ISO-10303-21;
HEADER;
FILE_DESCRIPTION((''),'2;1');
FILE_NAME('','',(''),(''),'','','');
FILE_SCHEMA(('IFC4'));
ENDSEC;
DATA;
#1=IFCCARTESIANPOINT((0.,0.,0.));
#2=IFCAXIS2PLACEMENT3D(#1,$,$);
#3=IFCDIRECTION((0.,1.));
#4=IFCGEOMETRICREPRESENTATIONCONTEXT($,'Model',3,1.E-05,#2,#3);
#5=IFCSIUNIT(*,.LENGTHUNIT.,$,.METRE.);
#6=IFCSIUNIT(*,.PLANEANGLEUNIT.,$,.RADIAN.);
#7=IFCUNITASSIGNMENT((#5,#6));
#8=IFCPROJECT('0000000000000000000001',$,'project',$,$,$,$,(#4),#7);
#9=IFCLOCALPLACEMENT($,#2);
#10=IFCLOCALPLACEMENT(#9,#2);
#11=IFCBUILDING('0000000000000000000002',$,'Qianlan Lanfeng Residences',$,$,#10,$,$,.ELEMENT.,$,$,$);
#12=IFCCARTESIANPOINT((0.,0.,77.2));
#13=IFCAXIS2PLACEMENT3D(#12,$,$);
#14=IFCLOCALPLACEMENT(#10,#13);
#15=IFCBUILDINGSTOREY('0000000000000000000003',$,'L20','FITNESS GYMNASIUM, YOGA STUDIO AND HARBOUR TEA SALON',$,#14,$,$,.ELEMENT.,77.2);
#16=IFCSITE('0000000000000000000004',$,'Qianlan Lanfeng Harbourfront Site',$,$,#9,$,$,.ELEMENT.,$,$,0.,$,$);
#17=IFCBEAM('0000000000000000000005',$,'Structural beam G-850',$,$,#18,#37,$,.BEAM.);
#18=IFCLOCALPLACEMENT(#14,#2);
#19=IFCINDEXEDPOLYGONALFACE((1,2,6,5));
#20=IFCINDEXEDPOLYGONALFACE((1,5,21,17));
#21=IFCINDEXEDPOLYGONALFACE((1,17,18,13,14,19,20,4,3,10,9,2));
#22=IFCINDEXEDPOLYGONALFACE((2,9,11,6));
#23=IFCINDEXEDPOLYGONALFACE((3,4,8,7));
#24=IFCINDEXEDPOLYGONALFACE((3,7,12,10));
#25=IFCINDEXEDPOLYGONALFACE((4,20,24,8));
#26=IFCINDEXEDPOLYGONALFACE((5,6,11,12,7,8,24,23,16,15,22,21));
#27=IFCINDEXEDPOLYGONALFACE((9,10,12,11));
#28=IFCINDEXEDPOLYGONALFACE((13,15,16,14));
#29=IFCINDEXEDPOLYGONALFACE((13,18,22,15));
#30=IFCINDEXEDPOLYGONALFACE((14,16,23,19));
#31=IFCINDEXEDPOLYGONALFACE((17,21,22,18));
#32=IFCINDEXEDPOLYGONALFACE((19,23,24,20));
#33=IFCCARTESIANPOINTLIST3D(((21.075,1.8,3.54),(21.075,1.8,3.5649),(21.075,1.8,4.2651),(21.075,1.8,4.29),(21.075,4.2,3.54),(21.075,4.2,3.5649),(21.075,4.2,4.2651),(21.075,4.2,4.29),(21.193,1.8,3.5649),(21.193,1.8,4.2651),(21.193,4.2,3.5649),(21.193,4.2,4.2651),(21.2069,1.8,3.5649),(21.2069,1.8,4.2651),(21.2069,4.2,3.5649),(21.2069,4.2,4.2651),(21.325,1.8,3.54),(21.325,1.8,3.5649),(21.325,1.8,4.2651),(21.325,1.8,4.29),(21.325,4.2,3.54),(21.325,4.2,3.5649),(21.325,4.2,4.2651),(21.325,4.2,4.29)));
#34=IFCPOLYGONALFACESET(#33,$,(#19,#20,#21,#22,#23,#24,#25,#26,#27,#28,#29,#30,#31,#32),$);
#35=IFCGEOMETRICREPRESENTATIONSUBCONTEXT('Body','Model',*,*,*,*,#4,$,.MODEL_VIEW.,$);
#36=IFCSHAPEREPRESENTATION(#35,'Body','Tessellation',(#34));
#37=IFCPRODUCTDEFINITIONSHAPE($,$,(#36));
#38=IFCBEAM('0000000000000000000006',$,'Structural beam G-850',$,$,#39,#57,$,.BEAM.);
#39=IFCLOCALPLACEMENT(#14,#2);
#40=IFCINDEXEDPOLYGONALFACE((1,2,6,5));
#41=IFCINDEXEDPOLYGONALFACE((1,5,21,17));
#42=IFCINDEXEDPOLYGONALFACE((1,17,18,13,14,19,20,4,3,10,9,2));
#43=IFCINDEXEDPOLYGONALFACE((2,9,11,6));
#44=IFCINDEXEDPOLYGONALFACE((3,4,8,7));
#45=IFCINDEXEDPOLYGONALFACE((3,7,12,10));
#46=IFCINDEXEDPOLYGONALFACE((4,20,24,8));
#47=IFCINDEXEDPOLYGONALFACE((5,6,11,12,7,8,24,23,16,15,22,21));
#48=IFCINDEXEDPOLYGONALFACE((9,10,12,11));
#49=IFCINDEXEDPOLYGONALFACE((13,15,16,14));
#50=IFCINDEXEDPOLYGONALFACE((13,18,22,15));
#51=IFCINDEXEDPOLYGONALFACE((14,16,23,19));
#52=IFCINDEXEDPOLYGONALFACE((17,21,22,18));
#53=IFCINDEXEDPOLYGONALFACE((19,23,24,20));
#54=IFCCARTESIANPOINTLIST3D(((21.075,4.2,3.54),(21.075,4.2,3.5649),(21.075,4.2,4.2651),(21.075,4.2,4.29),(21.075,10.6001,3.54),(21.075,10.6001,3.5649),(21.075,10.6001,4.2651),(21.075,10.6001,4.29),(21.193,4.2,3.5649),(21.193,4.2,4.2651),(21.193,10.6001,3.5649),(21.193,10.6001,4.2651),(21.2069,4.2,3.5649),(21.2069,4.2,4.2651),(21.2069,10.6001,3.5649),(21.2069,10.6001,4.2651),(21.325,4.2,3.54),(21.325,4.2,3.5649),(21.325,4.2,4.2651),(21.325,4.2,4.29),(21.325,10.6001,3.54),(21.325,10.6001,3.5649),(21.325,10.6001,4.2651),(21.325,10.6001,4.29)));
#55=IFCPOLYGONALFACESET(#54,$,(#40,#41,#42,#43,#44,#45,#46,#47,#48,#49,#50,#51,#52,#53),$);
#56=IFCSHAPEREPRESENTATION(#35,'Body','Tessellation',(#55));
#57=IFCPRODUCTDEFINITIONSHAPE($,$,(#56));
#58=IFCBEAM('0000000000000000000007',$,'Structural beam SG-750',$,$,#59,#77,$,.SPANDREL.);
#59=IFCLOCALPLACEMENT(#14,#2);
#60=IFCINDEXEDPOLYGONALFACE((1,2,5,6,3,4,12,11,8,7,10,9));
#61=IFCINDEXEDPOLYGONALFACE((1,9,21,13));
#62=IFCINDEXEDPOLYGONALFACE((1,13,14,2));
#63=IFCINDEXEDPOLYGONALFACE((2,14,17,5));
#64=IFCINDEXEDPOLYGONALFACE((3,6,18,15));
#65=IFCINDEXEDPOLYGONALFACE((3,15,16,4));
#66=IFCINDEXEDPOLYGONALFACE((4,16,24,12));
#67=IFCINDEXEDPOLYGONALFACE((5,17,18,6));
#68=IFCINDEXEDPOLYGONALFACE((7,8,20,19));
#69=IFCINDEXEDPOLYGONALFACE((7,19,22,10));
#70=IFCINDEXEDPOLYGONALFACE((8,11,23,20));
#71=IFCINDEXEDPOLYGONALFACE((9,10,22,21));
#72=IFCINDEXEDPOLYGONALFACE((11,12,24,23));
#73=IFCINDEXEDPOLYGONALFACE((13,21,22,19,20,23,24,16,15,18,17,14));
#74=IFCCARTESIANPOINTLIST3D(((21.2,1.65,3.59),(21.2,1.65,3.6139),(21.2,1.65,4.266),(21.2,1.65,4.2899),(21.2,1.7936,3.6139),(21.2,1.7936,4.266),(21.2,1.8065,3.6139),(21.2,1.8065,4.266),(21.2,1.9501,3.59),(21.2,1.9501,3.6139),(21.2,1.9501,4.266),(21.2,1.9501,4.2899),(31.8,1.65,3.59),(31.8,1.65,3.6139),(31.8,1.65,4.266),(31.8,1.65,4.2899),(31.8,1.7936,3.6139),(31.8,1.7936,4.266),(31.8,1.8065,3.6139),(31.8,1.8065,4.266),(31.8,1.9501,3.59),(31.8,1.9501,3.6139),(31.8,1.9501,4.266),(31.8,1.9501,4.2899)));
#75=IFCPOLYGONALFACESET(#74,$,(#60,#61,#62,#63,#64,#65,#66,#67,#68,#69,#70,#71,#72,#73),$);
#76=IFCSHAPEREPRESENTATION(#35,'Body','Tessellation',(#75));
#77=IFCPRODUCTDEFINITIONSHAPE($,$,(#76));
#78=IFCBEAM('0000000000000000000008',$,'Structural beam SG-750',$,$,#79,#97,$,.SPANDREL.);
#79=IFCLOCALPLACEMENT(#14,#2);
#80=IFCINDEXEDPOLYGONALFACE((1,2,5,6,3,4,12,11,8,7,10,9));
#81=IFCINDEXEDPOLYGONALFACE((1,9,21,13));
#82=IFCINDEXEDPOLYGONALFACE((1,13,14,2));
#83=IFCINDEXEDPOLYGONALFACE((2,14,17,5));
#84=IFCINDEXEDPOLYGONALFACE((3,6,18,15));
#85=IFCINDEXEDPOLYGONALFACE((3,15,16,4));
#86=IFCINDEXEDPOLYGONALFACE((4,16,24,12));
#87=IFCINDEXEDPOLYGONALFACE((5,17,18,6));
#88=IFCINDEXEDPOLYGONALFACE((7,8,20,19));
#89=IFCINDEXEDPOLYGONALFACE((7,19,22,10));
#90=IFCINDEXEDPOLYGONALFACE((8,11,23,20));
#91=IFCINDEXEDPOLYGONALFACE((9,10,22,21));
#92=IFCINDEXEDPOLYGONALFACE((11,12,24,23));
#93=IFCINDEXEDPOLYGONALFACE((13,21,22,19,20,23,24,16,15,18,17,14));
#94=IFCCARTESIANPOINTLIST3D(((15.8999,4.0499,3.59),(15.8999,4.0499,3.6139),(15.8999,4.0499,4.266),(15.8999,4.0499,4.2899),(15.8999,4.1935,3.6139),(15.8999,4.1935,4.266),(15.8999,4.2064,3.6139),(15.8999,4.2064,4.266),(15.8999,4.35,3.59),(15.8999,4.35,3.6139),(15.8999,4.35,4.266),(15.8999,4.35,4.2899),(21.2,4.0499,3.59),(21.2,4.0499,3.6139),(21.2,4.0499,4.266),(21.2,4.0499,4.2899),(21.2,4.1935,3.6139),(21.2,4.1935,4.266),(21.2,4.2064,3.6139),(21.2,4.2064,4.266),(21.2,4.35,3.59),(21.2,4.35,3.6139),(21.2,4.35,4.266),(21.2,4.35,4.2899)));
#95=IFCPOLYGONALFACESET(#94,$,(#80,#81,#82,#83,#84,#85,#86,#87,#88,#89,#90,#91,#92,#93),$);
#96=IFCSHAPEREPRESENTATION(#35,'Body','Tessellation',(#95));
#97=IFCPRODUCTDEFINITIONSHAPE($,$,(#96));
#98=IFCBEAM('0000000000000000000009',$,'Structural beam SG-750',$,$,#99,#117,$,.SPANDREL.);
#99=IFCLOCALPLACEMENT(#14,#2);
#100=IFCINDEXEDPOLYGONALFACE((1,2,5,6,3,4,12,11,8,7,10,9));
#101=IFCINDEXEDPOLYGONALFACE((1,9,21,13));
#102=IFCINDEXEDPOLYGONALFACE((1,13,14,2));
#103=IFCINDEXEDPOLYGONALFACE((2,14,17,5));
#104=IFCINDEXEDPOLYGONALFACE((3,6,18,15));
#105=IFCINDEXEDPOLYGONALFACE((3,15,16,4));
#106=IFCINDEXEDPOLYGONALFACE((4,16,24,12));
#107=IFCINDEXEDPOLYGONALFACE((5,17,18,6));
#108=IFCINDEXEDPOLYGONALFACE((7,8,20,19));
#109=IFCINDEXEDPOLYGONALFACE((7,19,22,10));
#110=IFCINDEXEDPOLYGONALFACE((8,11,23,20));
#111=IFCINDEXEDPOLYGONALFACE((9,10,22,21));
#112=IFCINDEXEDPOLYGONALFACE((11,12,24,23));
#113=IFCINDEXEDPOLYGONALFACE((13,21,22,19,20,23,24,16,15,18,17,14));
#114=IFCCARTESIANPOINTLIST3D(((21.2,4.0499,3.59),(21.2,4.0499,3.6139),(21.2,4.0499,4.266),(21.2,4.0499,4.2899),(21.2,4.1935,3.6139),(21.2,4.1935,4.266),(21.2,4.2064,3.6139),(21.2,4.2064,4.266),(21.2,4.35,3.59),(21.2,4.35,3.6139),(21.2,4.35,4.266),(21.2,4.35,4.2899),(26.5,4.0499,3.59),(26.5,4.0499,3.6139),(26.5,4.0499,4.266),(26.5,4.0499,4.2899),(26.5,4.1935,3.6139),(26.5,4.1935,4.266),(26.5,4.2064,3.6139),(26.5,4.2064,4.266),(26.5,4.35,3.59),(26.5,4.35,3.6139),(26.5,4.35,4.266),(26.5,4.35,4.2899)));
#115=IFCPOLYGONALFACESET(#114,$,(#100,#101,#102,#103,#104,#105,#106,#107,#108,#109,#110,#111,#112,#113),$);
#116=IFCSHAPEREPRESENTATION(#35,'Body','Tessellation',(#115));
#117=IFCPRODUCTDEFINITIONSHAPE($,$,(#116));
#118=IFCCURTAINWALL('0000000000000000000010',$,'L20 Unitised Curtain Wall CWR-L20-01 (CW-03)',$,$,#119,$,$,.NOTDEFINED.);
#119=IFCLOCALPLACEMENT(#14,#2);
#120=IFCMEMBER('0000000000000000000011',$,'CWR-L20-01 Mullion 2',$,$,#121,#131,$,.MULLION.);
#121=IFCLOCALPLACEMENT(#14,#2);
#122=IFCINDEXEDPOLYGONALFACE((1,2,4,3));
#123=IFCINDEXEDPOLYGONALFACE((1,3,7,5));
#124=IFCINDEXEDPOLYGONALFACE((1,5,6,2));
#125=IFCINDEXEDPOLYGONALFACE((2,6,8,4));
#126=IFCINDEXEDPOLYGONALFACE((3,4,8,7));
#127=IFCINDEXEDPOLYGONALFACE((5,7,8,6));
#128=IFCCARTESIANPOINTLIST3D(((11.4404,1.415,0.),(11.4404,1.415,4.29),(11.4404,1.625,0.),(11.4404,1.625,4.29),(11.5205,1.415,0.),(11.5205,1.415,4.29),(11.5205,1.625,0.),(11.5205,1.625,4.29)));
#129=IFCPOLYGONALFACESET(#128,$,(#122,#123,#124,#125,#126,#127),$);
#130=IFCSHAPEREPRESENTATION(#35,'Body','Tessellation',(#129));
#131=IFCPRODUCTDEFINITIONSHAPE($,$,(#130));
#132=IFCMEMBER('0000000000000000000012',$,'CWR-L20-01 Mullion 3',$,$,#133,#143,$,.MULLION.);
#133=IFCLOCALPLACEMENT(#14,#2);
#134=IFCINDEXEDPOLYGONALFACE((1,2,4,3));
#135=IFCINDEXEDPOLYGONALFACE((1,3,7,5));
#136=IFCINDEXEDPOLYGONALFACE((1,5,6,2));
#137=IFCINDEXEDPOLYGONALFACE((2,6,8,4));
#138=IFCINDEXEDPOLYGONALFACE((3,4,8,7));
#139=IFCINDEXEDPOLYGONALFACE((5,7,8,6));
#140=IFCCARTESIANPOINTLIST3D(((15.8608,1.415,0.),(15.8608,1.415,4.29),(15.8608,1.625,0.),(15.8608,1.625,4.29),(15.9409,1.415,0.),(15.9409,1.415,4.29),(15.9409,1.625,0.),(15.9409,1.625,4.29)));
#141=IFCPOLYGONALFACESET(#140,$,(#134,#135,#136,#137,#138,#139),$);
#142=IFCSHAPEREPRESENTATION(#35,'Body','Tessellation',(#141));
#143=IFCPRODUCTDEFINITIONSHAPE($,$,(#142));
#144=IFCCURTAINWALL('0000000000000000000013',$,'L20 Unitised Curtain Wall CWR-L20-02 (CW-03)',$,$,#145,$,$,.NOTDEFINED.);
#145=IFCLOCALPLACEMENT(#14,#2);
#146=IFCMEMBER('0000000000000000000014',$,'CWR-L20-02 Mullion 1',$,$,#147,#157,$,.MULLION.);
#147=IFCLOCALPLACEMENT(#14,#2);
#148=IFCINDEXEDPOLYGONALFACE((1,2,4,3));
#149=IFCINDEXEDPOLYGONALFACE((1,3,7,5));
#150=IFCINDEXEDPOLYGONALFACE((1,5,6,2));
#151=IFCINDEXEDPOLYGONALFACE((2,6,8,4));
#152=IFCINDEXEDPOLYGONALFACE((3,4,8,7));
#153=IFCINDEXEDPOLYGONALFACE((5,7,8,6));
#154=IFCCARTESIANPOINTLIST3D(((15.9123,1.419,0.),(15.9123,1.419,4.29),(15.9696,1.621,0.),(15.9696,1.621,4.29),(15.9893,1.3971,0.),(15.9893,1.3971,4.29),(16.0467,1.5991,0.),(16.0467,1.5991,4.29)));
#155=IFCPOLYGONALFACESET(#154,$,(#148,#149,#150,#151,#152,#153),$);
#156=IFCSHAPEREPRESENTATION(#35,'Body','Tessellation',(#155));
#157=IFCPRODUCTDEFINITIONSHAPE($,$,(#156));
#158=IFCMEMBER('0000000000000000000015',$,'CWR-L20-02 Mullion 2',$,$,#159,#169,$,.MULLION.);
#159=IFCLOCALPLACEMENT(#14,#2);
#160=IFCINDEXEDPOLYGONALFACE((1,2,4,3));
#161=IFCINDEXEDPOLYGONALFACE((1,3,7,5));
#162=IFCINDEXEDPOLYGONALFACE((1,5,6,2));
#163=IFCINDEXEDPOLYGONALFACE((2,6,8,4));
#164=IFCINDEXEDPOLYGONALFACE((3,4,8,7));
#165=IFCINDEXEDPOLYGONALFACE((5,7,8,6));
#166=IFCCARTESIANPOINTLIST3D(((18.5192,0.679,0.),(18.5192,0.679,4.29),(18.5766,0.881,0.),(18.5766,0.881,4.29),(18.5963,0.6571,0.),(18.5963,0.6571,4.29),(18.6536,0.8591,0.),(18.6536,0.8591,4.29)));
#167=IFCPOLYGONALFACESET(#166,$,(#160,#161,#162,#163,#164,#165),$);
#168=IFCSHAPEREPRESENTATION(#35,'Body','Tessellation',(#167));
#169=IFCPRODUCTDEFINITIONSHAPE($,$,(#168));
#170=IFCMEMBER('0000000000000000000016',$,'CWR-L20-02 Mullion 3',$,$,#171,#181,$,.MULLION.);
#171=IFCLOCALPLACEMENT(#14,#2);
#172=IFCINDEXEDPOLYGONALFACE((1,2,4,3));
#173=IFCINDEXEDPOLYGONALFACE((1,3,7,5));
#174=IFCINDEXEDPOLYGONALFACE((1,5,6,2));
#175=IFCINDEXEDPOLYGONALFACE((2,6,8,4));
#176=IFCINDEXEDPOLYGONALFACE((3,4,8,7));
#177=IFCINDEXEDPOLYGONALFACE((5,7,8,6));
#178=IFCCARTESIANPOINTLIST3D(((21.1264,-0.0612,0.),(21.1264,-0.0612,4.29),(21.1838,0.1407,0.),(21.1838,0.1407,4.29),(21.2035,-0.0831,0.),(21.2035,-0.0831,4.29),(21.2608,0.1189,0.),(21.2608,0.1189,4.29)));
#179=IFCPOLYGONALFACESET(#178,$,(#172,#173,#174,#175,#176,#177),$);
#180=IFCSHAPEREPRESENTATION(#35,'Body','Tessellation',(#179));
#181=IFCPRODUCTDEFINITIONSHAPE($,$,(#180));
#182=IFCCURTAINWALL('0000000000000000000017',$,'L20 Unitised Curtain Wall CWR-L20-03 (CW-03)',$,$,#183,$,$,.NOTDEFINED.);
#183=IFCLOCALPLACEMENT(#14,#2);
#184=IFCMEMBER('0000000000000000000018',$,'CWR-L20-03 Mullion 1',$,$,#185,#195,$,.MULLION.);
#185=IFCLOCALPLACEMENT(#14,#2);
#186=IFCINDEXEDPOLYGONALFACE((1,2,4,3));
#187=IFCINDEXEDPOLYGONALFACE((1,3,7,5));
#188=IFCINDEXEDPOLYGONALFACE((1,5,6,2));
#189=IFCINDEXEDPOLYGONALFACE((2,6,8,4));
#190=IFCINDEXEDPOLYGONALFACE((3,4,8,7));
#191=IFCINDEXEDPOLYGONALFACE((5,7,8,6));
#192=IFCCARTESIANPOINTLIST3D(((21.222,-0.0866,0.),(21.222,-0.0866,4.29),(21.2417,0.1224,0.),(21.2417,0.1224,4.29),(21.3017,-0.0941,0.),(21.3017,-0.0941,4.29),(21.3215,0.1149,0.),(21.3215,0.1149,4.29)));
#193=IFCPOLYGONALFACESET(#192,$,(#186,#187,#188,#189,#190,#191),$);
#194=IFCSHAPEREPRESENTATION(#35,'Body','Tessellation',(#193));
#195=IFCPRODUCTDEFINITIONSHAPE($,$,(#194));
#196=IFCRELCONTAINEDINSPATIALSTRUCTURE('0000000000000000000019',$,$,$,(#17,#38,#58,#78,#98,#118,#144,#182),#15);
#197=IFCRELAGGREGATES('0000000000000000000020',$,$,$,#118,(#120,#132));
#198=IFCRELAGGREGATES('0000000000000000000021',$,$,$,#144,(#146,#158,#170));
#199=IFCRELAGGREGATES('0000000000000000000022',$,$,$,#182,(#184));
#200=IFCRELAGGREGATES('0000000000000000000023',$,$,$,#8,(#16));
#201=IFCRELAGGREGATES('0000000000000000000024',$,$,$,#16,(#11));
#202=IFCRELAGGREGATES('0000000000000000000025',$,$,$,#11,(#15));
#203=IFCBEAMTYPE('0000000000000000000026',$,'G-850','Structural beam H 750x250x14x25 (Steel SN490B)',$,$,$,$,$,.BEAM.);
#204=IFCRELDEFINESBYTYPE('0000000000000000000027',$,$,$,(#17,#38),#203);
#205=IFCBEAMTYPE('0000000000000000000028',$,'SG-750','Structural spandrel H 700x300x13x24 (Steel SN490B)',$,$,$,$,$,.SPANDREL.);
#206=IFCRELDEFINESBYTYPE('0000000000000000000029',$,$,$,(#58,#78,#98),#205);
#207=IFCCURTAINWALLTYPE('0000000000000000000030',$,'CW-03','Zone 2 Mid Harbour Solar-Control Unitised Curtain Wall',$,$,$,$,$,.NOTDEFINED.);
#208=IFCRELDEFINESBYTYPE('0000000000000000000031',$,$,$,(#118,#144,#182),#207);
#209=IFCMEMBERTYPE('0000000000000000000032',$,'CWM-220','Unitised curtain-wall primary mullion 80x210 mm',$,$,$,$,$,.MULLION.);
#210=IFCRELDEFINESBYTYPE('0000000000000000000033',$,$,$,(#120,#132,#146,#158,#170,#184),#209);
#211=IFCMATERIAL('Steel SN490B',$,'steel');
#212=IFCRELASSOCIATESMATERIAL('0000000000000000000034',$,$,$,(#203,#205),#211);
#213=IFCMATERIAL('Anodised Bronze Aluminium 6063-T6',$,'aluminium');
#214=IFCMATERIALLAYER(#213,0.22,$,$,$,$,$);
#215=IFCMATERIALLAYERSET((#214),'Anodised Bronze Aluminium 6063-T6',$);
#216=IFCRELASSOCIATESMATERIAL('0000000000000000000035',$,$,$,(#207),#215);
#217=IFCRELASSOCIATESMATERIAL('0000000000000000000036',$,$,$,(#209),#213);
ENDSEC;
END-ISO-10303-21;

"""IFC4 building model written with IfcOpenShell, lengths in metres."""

from ifc_helpers import new_model, si_unit, direction, frame, origin, origin_2d, place, context, subcontext, project, spatial, rectangle, i_section, extrude, source, transform, mapped, material, layer, layer_set, material_profile, profile_set, type_object, element, aggregate, save


model = new_model("IFC4")

# Units and contexts
model_context = context("Model", 3, precision=1e-05, world=origin(), true_north=direction((0.0, 1.0)))
body_context = subcontext(model_context, "Body", "Model", "MODEL_VIEW")
ifc_project = project(units=[si_unit("LENGTHUNIT", "METRE"), si_unit("PLANEANGLEUNIT", "RADIAN")], contexts=[model_context])

# Site, building, storey
site_placement = place(None, origin())
site = spatial("IfcSite", under=ifc_project, at=site_placement, Name="Qianlan Lanfeng Harbourfront Site", CompositionType="ELEMENT", RefElevation=0.0)
building_placement = place(site_placement, origin())
building = spatial("IfcBuilding", under=site, at=building_placement, Name="Qianlan Lanfeng Residences", CompositionType="ELEMENT")
storey_placement = place(building_placement, frame((0.0, 0.0, 77.2)))
storey = spatial("IfcBuildingStorey", under=building, at=storey_placement, Name="L20", Description="FITNESS GYMNASIUM, YOGA STUDIO AND HARBOUR TEA SALON", CompositionType="ELEMENT", Elevation=77.2)

# Shared definitions
ifc_material_1 = material(Name="Steel SN490B", Category="steel")

# Beams
ifc_material_profile_1 = material_profile(ifc_material_1, i_section(OverallWidth=0.25, OverallDepth=0.75, WebThickness=0.0139, FlangeThickness=0.0249, at=origin_2d()), Name="H 750x250x14x25")
ifc_profile_set_1 = profile_set([ifc_material_profile_1], Name="Steel SN490B")
beam_type_1 = type_object("IfcBeamType", Name="G-850", Description="Structural beam H 750x250x14x25 (Steel SN490B)", PredefinedType="BEAM", material=ifc_profile_set_1)
beam_1_placement = place(storey_placement, frame((21.2, 1.8, 3.915), z_axis=(0.0, 1.0, 0.0), x_axis=(-1.0, 0.0, 0.0)))
element("IfcBeam", 1, at=beam_1_placement, inside=storey, type_object=beam_type_1, Name="Structural beam G-850", PredefinedType="BEAM", context=body_context, shape_type="SweptSolid", body=[
    extrude(i_section(OverallWidth=0.25, OverallDepth=0.75, WebThickness=0.0139, FlangeThickness=0.0249, at=origin_2d()), origin(), (0.0, 0.0, 1.0), 2.3999),
])
beam_2_placement = place(storey_placement, frame((21.2, 4.2, 3.915), z_axis=(0.0, 1.0, 0.0), x_axis=(-1.0, 0.0, 0.0)))
element("IfcBeam", 2, at=beam_2_placement, inside=storey, type_object=beam_type_1, Name="Structural beam G-850", PredefinedType="BEAM", context=body_context, shape_type="SweptSolid", body=[
    extrude(i_section(OverallWidth=0.25, OverallDepth=0.75, WebThickness=0.0139, FlangeThickness=0.0249, at=origin_2d()), origin(), (0.0, 0.0, 1.0), 6.4001),
])
ifc_material_profile_2 = material_profile(ifc_material_1, i_section(OverallWidth=0.3, OverallDepth=0.7, WebThickness=0.0129, FlangeThickness=0.0239, at=origin_2d()), Name="H 700x300x13x24")
ifc_profile_set_2 = profile_set([ifc_material_profile_2], Name="Steel SN490B")
beam_type_2 = type_object("IfcBeamType", Name="SG-750", Description="Structural spandrel H 700x300x13x24 (Steel SN490B)", PredefinedType="SPANDREL", material=ifc_profile_set_2)
beam_3_placement = place(storey_placement, frame((21.2, 1.8, 3.9399), z_axis=(1.0, 0.0, 0.0), x_axis=(0.0, 1.0, 0.0)))
element("IfcBeam", 3, at=beam_3_placement, inside=storey, type_object=beam_type_2, Name="Structural beam SG-750", PredefinedType="SPANDREL", context=body_context, shape_type="SweptSolid", body=[
    extrude(i_section(OverallWidth=0.3, OverallDepth=0.7, WebThickness=0.0129, FlangeThickness=0.0239, at=origin_2d()), origin(), (0.0, 0.0, 1.0), 10.6001),
])
for number, where, z_axis, x_axis, name in (
    (4, (15.8999, 4.2, 3.9399), (1.0, 0.0, 0.0), (0.0, 1.0, 0.0), "Structural beam SG-750"),
    (5, (21.2, 4.2, 3.9399), (1.0, 0.0, 0.0), (0.0, 1.0, 0.0), "Structural beam SG-750"),
):
    element("IfcBeam", number, at=place(storey_placement, frame(where, z_axis=z_axis, x_axis=x_axis)), inside=storey, type_object=beam_type_2, Name=name, PredefinedType="SPANDREL", context=body_context, shape_type="SweptSolid", body=[
        extrude(i_section(OverallWidth=0.3, OverallDepth=0.7, WebThickness=0.0129, FlangeThickness=0.0239, at=origin_2d()), origin(), (0.0, 0.0, 1.0), 5.3),
    ])

# Curtain walls, members
ifc_material_2 = material(Name="Anodised Bronze Aluminium 6063-T6", Category="aluminium")
ifc_layer_1 = layer(ifc_material_2, 0.22)
ifc_layer_set_1 = layer_set([ifc_layer_1], Name="Anodised Bronze Aluminium 6063-T6")
curtain_wall_type = type_object("IfcCurtainWallType", Name="CW-03", Description="Zone 2 Mid Harbour Solar-Control Unitised Curtain Wall", PredefinedType="NOTDEFINED", material=ifc_layer_set_1)
curtain_wall_1_placement = place(storey_placement, origin())
curtain_wall_1 = element("IfcCurtainWall", 6, at=curtain_wall_1_placement, inside=storey, type_object=curtain_wall_type, Name="L20 Unitised Curtain Wall CWR-L20-01 (CW-03)", PredefinedType="NOTDEFINED")
ifc_material_profile_3 = material_profile(ifc_material_2, rectangle(XDim=0.0801, YDim=0.21, at=origin_2d()), Name="ALU MULLION 80x210")
ifc_profile_set_3 = profile_set([ifc_material_profile_3], Name="Anodised Bronze Aluminium 6063-T6")
member_type_1 = type_object("IfcMemberType", Name="CWM-220", Description="Unitised curtain-wall primary mullion 80x210 mm", PredefinedType="MULLION", material=ifc_profile_set_3)
shared_shape_1 = source(origin(), body_context, "Body", "SweptSolid", [
    extrude(rectangle(XDim=0.0801, YDim=0.21, at=origin_2d()), origin(), (0.0, 0.0, 1.0), 4.29),
])
member_1_placement = place(storey_placement, frame((11.4805, 1.52, 0.0), z_axis=(0.0, 0.0, 1.0), x_axis=(1.0, 0.0, 0.0)))
member_1 = element("IfcMember", 7, at=member_1_placement, type_object=member_type_1, Name="CWR-L20-01 Mullion 2", PredefinedType="MULLION", context=body_context, shape_type="MappedRepresentation", body=[
    mapped(shared_shape_1, transform((0.0, 0.0, 0.0), scale=1.0)),
])
member_2_placement = place(storey_placement, frame((15.9009, 1.52, 0.0), z_axis=(0.0, 0.0, 1.0), x_axis=(1.0, 0.0, 0.0)))
member_2 = element("IfcMember", 8, at=member_2_placement, type_object=member_type_1, Name="CWR-L20-01 Mullion 3", PredefinedType="MULLION", context=body_context, shape_type="MappedRepresentation", body=[
    mapped(shared_shape_1, transform((0.0, 0.0, 0.0), scale=1.0)),
])
curtain_wall_2_placement = place(storey_placement, origin())
curtain_wall_2 = element("IfcCurtainWall", 9, at=curtain_wall_2_placement, inside=storey, type_object=curtain_wall_type, Name="L20 Unitised Curtain Wall CWR-L20-02 (CW-03)", PredefinedType="NOTDEFINED")
member_3_placement = place(storey_placement, frame((15.9795, 1.509, 0.0), z_axis=(0.0, 0.0, 1.0), x_axis=(0.961989, -0.273088, 0.0)))
member_3 = element("IfcMember", 10, at=member_3_placement, type_object=member_type_1, Name="CWR-L20-02 Mullion 1", PredefinedType="MULLION", context=body_context, shape_type="MappedRepresentation", body=[
    mapped(shared_shape_1, transform((0.0, 0.0, 0.0), scale=1.0)),
])
member_4_placement = place(storey_placement, frame((18.5864, 0.769, 0.0), z_axis=(0.0, 0.0, 1.0), x_axis=(0.961989, -0.273088, 0.0)))
member_4 = element("IfcMember", 11, at=member_4_placement, type_object=member_type_1, Name="CWR-L20-02 Mullion 2", PredefinedType="MULLION", context=body_context, shape_type="MappedRepresentation", body=[
    mapped(shared_shape_1, transform((0.0, 0.0, 0.0), scale=1.0)),
])
member_5_placement = place(storey_placement, frame((21.1936, 0.0288, 0.0), z_axis=(0.0, 0.0, 1.0), x_axis=(0.961989, -0.273088, 0.0)))
member_5 = element("IfcMember", 12, at=member_5_placement, type_object=member_type_1, Name="CWR-L20-02 Mullion 3", PredefinedType="MULLION", context=body_context, shape_type="MappedRepresentation", body=[
    mapped(shared_shape_1, transform((0.0, 0.0, 0.0), scale=1.0)),
])

# Curtain wall, member
curtain_wall_3_placement = place(storey_placement, origin())
curtain_wall_3 = element("IfcCurtainWall", 13, at=curtain_wall_3_placement, inside=storey, type_object=curtain_wall_type, Name="L20 Unitised Curtain Wall CWR-L20-03 (CW-03)", PredefinedType="NOTDEFINED")
member_6_placement = place(storey_placement, frame((21.2717, 0.0142, 0.0), z_axis=(0.0, 0.0, 1.0), x_axis=(0.995561, -0.094114, 0.0)))
member_6 = element("IfcMember", 14, at=member_6_placement, type_object=member_type_1, Name="CWR-L20-03 Mullion 1", PredefinedType="MULLION", context=body_context, shape_type="MappedRepresentation", body=[
    mapped(shared_shape_1, transform((0.0, 0.0, 0.0), scale=1.0)),
])

aggregate(curtain_wall_1, [member_1, member_2])
aggregate(curtain_wall_2, [member_3, member_4, member_5])
aggregate(curtain_wall_3, [member_6])

save(model, "model.ifc")
